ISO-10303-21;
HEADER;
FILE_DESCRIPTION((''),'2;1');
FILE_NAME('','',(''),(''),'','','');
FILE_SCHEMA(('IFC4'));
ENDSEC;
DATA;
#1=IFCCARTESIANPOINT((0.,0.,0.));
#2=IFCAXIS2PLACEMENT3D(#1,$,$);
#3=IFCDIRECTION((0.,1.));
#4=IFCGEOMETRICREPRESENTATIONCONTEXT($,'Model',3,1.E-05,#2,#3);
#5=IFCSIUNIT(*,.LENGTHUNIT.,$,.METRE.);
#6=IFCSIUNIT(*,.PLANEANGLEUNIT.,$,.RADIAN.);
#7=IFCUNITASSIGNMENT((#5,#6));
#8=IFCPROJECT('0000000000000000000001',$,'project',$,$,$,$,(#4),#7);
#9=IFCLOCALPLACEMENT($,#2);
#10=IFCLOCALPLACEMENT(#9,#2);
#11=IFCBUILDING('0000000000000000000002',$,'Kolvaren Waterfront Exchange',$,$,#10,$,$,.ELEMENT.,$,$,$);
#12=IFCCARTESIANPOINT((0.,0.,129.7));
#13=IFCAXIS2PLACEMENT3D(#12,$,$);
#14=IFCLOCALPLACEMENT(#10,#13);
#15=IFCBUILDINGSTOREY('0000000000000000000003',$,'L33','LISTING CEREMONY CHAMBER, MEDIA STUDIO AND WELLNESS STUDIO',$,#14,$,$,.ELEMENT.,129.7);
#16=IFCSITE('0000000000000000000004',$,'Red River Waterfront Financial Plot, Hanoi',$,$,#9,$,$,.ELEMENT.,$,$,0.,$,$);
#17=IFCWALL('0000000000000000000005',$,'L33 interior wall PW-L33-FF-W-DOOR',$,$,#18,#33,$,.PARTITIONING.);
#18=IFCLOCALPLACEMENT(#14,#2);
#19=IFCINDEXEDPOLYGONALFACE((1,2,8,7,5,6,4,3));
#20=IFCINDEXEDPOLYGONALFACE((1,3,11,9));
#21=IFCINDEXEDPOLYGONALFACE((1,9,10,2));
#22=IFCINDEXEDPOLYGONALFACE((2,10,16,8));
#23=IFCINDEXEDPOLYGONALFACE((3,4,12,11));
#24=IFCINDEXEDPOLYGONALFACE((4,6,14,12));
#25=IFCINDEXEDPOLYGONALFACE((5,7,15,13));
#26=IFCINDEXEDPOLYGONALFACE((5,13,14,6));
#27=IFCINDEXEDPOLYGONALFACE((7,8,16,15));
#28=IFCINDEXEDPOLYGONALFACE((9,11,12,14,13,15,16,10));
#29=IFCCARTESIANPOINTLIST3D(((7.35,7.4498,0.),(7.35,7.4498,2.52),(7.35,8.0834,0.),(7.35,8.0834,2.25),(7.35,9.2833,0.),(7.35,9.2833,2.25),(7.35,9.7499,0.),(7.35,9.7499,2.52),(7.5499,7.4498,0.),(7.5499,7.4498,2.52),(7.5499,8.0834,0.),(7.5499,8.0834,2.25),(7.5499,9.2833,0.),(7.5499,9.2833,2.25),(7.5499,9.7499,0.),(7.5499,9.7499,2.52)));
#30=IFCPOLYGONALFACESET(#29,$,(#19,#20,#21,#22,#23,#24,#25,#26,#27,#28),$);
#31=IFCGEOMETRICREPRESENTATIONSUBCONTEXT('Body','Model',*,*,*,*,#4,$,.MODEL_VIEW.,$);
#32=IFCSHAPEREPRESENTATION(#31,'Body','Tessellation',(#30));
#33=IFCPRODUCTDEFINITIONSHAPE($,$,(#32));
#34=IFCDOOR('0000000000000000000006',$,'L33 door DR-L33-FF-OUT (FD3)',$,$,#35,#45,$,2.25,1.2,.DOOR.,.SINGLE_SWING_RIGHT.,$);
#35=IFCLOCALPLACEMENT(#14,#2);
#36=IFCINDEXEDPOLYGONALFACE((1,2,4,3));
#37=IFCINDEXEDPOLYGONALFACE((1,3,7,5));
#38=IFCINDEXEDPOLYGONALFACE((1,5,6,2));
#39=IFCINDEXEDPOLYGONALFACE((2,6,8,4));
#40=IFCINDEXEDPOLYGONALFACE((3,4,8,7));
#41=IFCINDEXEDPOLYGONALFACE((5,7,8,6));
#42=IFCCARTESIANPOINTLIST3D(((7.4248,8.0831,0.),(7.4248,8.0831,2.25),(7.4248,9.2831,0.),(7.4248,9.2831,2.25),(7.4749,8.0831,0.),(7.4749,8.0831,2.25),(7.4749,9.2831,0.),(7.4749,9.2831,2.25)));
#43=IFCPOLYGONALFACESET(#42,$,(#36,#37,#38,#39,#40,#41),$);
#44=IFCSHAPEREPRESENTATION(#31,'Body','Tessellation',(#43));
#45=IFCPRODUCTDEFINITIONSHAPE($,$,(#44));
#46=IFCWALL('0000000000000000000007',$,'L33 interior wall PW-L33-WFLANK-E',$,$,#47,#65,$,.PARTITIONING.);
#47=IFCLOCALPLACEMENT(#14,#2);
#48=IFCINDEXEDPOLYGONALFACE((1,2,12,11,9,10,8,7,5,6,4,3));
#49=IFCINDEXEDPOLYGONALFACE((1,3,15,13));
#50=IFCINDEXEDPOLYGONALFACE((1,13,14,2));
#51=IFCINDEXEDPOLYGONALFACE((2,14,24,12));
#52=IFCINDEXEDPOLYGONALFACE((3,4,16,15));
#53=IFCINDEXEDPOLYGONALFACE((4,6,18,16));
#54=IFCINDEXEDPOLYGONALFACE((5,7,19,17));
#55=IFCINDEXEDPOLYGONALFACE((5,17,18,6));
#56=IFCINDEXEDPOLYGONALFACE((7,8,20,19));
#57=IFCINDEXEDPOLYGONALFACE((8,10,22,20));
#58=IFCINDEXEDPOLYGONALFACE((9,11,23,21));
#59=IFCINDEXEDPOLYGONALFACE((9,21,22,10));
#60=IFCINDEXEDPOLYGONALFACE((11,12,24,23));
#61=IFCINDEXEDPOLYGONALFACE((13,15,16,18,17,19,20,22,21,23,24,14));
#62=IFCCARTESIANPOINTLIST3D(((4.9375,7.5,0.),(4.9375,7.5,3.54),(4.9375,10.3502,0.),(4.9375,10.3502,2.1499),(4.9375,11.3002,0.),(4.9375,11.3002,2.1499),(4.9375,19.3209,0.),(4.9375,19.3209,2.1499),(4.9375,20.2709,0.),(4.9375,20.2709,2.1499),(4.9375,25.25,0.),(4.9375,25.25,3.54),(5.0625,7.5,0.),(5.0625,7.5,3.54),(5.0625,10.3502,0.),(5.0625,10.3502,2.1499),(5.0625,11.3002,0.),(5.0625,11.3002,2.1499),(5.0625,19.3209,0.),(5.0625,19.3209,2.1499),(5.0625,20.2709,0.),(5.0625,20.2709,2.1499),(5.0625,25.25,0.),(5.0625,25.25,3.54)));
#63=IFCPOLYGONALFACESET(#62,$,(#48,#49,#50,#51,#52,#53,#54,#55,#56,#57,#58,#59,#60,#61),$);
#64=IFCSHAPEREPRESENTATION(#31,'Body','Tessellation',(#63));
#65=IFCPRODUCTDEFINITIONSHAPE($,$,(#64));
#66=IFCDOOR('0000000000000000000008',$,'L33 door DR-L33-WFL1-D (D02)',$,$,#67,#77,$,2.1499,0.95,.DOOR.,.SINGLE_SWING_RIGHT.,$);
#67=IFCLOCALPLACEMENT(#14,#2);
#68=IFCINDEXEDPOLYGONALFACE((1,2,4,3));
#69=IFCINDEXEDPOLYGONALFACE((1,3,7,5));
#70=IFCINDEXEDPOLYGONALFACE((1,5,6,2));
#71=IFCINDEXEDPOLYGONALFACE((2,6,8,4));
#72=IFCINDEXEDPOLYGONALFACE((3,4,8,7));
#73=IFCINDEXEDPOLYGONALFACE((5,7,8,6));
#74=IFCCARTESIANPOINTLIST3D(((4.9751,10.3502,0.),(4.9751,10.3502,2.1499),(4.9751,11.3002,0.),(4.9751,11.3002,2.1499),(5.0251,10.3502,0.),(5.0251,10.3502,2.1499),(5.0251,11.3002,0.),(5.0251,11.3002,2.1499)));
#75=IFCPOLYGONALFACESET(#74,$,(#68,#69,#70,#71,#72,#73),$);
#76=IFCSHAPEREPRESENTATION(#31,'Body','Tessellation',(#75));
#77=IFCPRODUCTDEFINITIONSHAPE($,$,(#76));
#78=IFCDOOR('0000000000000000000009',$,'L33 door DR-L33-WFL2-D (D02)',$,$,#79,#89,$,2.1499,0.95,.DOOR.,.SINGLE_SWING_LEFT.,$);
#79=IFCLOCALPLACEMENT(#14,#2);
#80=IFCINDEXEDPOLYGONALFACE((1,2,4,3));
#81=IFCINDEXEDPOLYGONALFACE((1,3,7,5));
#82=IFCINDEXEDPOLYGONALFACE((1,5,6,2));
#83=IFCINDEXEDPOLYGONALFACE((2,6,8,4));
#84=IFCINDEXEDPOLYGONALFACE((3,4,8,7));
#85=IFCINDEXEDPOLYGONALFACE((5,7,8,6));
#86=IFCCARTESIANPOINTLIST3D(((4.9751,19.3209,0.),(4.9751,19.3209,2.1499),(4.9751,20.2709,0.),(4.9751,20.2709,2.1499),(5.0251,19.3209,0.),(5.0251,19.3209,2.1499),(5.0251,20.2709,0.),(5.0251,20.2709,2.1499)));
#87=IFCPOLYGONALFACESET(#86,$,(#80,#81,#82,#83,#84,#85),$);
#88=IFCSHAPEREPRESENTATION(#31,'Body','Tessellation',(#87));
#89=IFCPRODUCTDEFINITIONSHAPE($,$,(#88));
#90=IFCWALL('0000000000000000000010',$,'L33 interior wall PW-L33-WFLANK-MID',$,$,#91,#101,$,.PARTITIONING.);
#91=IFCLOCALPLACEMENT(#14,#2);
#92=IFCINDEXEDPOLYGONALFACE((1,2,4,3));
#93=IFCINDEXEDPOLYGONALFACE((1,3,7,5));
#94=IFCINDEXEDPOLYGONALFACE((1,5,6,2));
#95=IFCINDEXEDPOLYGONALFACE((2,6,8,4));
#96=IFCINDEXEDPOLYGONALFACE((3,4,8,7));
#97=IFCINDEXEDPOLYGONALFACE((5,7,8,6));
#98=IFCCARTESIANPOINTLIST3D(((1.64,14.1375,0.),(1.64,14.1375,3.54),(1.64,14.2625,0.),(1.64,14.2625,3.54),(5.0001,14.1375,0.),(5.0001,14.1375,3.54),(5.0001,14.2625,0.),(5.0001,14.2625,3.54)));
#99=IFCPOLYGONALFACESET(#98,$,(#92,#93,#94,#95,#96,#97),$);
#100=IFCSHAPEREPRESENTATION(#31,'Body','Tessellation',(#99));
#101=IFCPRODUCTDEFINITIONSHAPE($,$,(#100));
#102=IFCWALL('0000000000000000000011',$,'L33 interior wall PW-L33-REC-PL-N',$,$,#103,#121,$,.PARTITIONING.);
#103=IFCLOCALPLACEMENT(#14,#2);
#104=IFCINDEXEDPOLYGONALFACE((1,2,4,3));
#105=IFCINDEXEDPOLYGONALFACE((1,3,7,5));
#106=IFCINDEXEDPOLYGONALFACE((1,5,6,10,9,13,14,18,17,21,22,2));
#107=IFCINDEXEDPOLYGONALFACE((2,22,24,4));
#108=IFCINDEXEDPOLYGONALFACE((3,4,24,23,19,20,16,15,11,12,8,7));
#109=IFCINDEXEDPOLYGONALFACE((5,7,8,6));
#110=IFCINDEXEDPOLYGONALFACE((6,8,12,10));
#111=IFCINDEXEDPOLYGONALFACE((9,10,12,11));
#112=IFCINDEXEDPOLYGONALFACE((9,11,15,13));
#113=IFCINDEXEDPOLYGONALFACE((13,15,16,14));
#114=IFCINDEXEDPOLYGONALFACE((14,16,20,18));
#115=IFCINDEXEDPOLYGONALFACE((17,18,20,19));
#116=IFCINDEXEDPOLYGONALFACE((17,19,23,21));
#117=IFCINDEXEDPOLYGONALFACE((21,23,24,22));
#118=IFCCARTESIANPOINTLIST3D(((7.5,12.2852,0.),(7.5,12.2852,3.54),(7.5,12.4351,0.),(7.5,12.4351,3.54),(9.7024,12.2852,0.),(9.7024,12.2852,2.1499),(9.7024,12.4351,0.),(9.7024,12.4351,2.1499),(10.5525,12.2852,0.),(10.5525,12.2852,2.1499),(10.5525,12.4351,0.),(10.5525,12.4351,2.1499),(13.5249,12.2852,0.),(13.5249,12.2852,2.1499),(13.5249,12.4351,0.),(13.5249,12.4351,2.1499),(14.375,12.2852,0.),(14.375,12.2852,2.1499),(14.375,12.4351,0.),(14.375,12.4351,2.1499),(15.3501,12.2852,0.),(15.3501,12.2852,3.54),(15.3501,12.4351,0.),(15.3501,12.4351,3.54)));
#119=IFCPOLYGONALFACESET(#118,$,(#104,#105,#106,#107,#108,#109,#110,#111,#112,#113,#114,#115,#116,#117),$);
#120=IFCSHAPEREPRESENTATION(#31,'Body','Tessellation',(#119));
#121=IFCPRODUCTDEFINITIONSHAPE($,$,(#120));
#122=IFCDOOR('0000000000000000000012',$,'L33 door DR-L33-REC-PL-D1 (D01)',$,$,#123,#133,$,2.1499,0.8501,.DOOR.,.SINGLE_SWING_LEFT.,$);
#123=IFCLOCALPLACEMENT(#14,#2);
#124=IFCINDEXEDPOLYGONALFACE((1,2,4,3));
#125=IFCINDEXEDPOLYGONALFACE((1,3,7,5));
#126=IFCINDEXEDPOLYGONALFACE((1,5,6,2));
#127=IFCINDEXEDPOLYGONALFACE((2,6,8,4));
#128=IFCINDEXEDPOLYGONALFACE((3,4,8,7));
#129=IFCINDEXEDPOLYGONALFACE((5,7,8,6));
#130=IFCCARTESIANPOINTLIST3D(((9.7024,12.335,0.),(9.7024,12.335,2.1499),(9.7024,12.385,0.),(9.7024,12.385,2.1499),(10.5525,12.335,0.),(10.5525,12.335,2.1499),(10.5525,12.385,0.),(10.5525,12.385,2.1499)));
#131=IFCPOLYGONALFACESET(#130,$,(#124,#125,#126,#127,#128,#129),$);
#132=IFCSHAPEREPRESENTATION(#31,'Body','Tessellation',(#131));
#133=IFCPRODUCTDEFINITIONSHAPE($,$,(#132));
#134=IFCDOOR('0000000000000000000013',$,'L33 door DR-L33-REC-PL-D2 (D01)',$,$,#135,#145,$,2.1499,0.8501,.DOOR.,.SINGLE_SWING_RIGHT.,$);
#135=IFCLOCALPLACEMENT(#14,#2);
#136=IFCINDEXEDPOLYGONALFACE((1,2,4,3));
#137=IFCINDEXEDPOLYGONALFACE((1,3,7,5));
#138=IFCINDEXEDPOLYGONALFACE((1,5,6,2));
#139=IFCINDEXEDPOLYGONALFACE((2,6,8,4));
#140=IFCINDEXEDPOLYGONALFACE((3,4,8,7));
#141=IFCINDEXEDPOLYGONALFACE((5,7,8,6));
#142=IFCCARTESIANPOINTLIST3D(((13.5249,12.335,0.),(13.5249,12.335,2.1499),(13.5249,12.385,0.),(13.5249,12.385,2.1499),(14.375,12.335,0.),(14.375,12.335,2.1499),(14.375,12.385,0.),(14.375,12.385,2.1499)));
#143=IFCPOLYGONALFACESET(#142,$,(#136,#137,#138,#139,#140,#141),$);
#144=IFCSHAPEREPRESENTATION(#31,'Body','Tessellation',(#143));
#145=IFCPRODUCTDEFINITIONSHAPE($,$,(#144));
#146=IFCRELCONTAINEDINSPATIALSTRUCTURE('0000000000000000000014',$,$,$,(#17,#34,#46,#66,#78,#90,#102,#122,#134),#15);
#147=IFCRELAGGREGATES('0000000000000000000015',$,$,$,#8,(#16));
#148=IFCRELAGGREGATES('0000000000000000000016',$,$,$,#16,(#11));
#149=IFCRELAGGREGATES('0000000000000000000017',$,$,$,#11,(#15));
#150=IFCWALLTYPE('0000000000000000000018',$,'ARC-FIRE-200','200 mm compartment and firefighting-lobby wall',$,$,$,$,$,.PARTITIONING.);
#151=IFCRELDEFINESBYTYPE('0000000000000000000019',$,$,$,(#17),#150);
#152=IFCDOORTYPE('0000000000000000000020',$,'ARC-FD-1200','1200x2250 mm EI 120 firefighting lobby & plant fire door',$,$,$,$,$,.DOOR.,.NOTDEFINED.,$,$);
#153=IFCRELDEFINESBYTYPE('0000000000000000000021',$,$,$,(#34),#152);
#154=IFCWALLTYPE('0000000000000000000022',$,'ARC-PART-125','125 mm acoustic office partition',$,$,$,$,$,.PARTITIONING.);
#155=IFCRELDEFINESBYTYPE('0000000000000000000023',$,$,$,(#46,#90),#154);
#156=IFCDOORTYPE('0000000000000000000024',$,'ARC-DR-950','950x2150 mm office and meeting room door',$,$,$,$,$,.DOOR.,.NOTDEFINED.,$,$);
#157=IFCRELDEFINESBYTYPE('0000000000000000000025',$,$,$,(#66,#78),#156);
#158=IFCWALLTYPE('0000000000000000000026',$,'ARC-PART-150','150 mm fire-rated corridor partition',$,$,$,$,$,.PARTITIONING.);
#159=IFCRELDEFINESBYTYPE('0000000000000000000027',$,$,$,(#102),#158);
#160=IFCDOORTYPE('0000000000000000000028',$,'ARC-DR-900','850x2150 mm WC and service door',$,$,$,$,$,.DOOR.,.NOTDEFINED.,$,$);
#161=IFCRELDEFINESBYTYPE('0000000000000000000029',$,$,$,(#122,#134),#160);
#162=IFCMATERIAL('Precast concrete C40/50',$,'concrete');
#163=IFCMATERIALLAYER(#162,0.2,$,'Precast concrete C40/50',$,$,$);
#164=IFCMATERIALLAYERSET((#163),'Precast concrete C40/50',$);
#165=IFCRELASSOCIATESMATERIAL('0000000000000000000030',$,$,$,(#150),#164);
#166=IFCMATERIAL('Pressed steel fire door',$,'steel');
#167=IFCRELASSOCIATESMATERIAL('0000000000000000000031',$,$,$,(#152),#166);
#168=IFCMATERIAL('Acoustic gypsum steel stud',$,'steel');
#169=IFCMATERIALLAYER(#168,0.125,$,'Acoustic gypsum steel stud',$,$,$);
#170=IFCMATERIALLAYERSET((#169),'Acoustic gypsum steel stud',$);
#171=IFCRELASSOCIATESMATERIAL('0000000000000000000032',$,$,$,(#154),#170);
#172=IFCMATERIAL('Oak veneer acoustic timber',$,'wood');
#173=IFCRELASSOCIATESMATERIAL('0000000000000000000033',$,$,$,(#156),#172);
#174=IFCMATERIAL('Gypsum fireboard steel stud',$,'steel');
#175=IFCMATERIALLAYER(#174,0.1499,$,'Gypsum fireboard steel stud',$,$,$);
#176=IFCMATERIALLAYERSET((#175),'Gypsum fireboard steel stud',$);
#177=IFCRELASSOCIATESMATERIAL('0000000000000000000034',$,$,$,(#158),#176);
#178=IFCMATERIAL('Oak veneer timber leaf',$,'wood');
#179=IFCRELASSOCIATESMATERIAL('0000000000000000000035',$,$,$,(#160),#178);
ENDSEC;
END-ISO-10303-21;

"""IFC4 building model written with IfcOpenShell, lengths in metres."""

from ifc_helpers import new_model, si_unit, direction, frame, frame_2d, origin, place, context, subcontext, project, spatial, rectangle, extrude, material, layer, layer_set, type_object, element, fill, save


model = new_model("IFC4")

# Units and contexts
model_context = context("Model", 3, precision=1e-05, world=origin(), true_north=direction((0.0, 1.0)))
body_context = subcontext(model_context, "Body", "Model", "MODEL_VIEW")
ifc_project = project(units=[si_unit("LENGTHUNIT", "METRE"), si_unit("PLANEANGLEUNIT", "RADIAN")], contexts=[model_context])

# Site, building, storey
site_placement = place(None, origin())
site = spatial("IfcSite", under=ifc_project, at=site_placement, Name="Red River Waterfront Financial Plot, Hanoi", CompositionType="ELEMENT", RefElevation=0.0)
building_placement = place(site_placement, origin())
building = spatial("IfcBuilding", under=site, at=building_placement, Name="Kolvaren Waterfront Exchange", CompositionType="ELEMENT")
storey_placement = place(building_placement, frame((0.0, 0.0, 129.7)))
storey = spatial("IfcBuildingStorey", under=building, at=storey_placement, Name="L33", Description="LISTING CEREMONY CHAMBER, MEDIA STUDIO AND WELLNESS STUDIO", CompositionType="ELEMENT", Elevation=129.7)

# Shared definitions
ifc_material_1 = material(Name="Precast concrete C40/50", Category="concrete")
ifc_layer_1 = layer(ifc_material_1, 0.2, Name="Precast concrete C40/50")
ifc_layer_set_1 = layer_set([ifc_layer_1], Name="Precast concrete C40/50")
wall_type_1 = type_object("IfcWallType", Name="ARC-FIRE-200", Description="200 mm compartment and firefighting-lobby wall", PredefinedType="PARTITIONING", material=ifc_layer_set_1)

# Wall, opening, door
wall_1_placement = place(storey_placement, frame((7.45, 7.45, 0.0), z_axis=(0.0, 0.0, 1.0), x_axis=(0.0, 1.0, 0.0)))
wall_1 = element("IfcWall", 1, at=wall_1_placement, inside=storey, type_object=wall_type_1, Name="L33 interior wall PW-L33-FF-W-DOOR", PredefinedType="PARTITIONING", context=body_context, shape_type="SweptSolid", body=[
    extrude(rectangle(XDim=2.3, YDim=0.2, at=frame_2d((1.1499, 0.0))), origin(), (0.0, 0.0, 1.0), 2.52),
])
opening_1_placement = place(wall_1_placement, frame((0.6333, 0.0, 0.0)))
opening_1 = element("IfcOpeningElement", 2, at=opening_1_placement, cuts=wall_1, PredefinedType="OPENING", context=body_context, shape_type="SweptSolid", body=[
    extrude(rectangle(XDim=1.2, YDim=2.25, at=frame_2d((0.6001, 1.125))), frame((0.0, 0.1099, 0.0), z_axis=(0.0, -1.0, 0.0), x_axis=(1.0, 0.0, 0.0)), (0.0, 0.0, 1.0), 0.22),
])
ifc_material_2 = material(Name="Pressed steel fire door", Category="steel")
door_type_1 = type_object("IfcDoorType", Name="ARC-FD-1200", Description="1200x2250 mm EI 120 firefighting lobby & plant fire door", OperationType="NOTDEFINED", PredefinedType="DOOR", material=ifc_material_2)
door_1_placement = place(opening_1_placement, frame((1.2, 0.0, 0.0), z_axis=(0.0, 0.0, 1.0), x_axis=(-1.0, 0.0, 0.0)))
door_1 = element("IfcDoor", 3, at=door_1_placement, inside=storey, type_object=door_type_1, Name="L33 door DR-L33-FF-OUT (FD3)", OperationType="SINGLE_SWING_RIGHT", OverallHeight=2.25, OverallWidth=1.2, PredefinedType="DOOR", context=body_context, shape_type="SweptSolid", body=[
    extrude(rectangle(XDim=1.2, YDim=2.25, at=frame_2d((0.6001, 1.125))), frame((0.0, 0.0249, 0.0), z_axis=(0.0, -1.0, 0.0), x_axis=(1.0, 0.0, 0.0)), (0.0, 0.0, 1.0), 0.05),
])
fill(opening_1, door_1)

# Wall, openings, doors
ifc_material_3 = material(Name="Acoustic gypsum steel stud", Category="steel")
ifc_layer_2 = layer(ifc_material_3, 0.125, Name="Acoustic gypsum steel stud")
ifc_layer_set_2 = layer_set([ifc_layer_2], Name="Acoustic gypsum steel stud")
wall_type_2 = type_object("IfcWallType", Name="ARC-PART-125", Description="125 mm acoustic office partition", PredefinedType="PARTITIONING", material=ifc_layer_set_2)
wall_2_placement = place(storey_placement, frame((5.0, 7.5, 0.0), z_axis=(0.0, 0.0, 1.0), x_axis=(0.0, 1.0, 0.0)))
wall_2 = element("IfcWall", 4, at=wall_2_placement, inside=storey, type_object=wall_type_2, Name="L33 interior wall PW-L33-WFLANK-E", PredefinedType="PARTITIONING", context=body_context, shape_type="SweptSolid", body=[
    extrude(rectangle(XDim=17.75, YDim=0.125, at=frame_2d((8.875, 0.0))), origin(), (0.0, 0.0, 1.0), 3.54),
])
opening_2_placement = place(wall_2_placement, frame((2.8501, 0.0, 0.0)))
opening_2 = element("IfcOpeningElement", 5, at=opening_2_placement, cuts=wall_2, PredefinedType="OPENING", context=body_context, shape_type="SweptSolid", body=[
    extrude(rectangle(XDim=0.95, YDim=2.1499, at=frame_2d((0.4751, 1.075))), frame((0.0, 0.0725, 0.0), z_axis=(0.0, -1.0, 0.0), x_axis=(1.0, 0.0, 0.0)), (0.0, 0.0, 1.0), 0.145),
])
opening_3_placement = place(wall_2_placement, frame((11.8208, 0.0, 0.0)))
opening_3 = element("IfcOpeningElement", 6, at=opening_3_placement, cuts=wall_2, PredefinedType="OPENING", context=body_context, shape_type="SweptSolid", body=[
    extrude(rectangle(XDim=0.95, YDim=2.1499, at=frame_2d((0.4751, 1.075))), frame((0.0, 0.0725, 0.0), z_axis=(0.0, -1.0, 0.0), x_axis=(1.0, 0.0, 0.0)), (0.0, 0.0, 1.0), 0.145),
])
ifc_material_4 = material(Name="Oak veneer acoustic timber", Category="wood")
door_type_2 = type_object("IfcDoorType", Name="ARC-DR-950", Description="950x2150 mm office and meeting room door", OperationType="NOTDEFINED", PredefinedType="DOOR", material=ifc_material_4)
door_2_placement = place(opening_2_placement, origin())
door_2 = element("IfcDoor", 7, at=door_2_placement, inside=storey, type_object=door_type_2, Name="L33 door DR-L33-WFL1-D (D02)", OperationType="SINGLE_SWING_RIGHT", OverallHeight=2.1499, OverallWidth=0.95, PredefinedType="DOOR", context=body_context, shape_type="SweptSolid", body=[
    extrude(rectangle(XDim=0.95, YDim=2.1499, at=frame_2d((0.4751, 1.075))), frame((0.0, 0.0249, 0.0), z_axis=(0.0, -1.0, 0.0), x_axis=(1.0, 0.0, 0.0)), (0.0, 0.0, 1.0), 0.05),
])
fill(opening_2, door_2)
door_3_placement = place(opening_3_placement, origin())
door_3 = element("IfcDoor", 8, at=door_3_placement, inside=storey, type_object=door_type_2, Name="L33 door DR-L33-WFL2-D (D02)", OperationType="SINGLE_SWING_LEFT", OverallHeight=2.1499, OverallWidth=0.95, PredefinedType="DOOR", context=body_context, shape_type="SweptSolid", body=[
    extrude(rectangle(XDim=0.95, YDim=2.1499, at=frame_2d((0.4751, 1.075))), frame((0.0, 0.0249, 0.0), z_axis=(0.0, -1.0, 0.0), x_axis=(1.0, 0.0, 0.0)), (0.0, 0.0, 1.0), 0.05),
])
fill(opening_3, door_3)

# Wall
wall_3_placement = place(storey_placement, frame((1.6399, 14.2, 0.0), z_axis=(0.0, 0.0, 1.0), x_axis=(1.0, 0.0, 0.0)))
element("IfcWall", 9, at=wall_3_placement, inside=storey, type_object=wall_type_2, Name="L33 interior wall PW-L33-WFLANK-MID", PredefinedType="PARTITIONING", context=body_context, shape_type="SweptSolid", body=[
    extrude(rectangle(XDim=3.3601, YDim=0.125, at=frame_2d((1.6802, 0.0))), origin(), (0.0, 0.0, 1.0), 3.54),
])

# Wall, openings, doors
ifc_material_5 = material(Name="Gypsum fireboard steel stud", Category="steel")
ifc_layer_3 = layer(ifc_material_5, 0.1499, Name="Gypsum fireboard steel stud")
ifc_layer_set_3 = layer_set([ifc_layer_3], Name="Gypsum fireboard steel stud")
wall_type_3 = type_object("IfcWallType", Name="ARC-PART-150", Description="150 mm fire-rated corridor partition", PredefinedType="PARTITIONING", material=ifc_layer_set_3)
wall_4_placement = place(storey_placement, frame((7.5, 12.3601, 0.0), z_axis=(0.0, 0.0, 1.0), x_axis=(1.0, 0.0, 0.0)))
wall_4 = element("IfcWall", 10, at=wall_4_placement, inside=storey, type_object=wall_type_3, Name="L33 interior wall PW-L33-REC-PL-N", PredefinedType="PARTITIONING", context=body_context, shape_type="SweptSolid", body=[
    extrude(rectangle(XDim=7.8501, YDim=0.1499, at=frame_2d((3.925, 0.0))), origin(), (0.0, 0.0, 1.0), 3.54),
])
opening_4_placement = place(wall_4_placement, frame((2.2024, 0.0, 0.0)))
opening_4 = element("IfcOpeningElement", 11, at=opening_4_placement, cuts=wall_4, PredefinedType="OPENING", context=body_context, shape_type="SweptSolid", body=[
    extrude(rectangle(XDim=0.8501, YDim=2.1499, at=frame_2d((0.425, 1.075))), frame((0.0, 0.085, 0.0), z_axis=(0.0, -1.0, 0.0), x_axis=(1.0, 0.0, 0.0)), (0.0, 0.0, 1.0), 0.1699),
])
opening_5_placement = place(wall_4_placement, frame((6.0249, 0.0, 0.0)))
opening_5 = element("IfcOpeningElement", 12, at=opening_5_placement, cuts=wall_4, PredefinedType="OPENING", context=body_context, shape_type="SweptSolid", body=[
    extrude(rectangle(XDim=0.8501, YDim=2.1499, at=frame_2d((0.425, 1.075))), frame((0.0, 0.085, 0.0), z_axis=(0.0, -1.0, 0.0), x_axis=(1.0, 0.0, 0.0)), (0.0, 0.0, 1.0), 0.1699),
])
ifc_material_6 = material(Name="Oak veneer timber leaf", Category="wood")
door_type_3 = type_object("IfcDoorType", Name="ARC-DR-900", Description="850x2150 mm WC and service door", OperationType="NOTDEFINED", PredefinedType="DOOR", material=ifc_material_6)
door_4_placement = place(opening_4_placement, origin())
door_4 = element("IfcDoor", 13, at=door_4_placement, inside=storey, type_object=door_type_3, Name="L33 door DR-L33-REC-PL-D1 (D01)", OperationType="SINGLE_SWING_LEFT", OverallHeight=2.1499, OverallWidth=0.8501, PredefinedType="DOOR", context=body_context, shape_type="SweptSolid", body=[
    extrude(rectangle(XDim=0.8501, YDim=2.1499, at=frame_2d((0.425, 1.075))), frame((0.0, 0.0249, 0.0), z_axis=(0.0, -1.0, 0.0), x_axis=(1.0, 0.0, 0.0)), (0.0, 0.0, 1.0), 0.05),
])
fill(opening_4, door_4)
door_5_placement = place(opening_5_placement, origin())
door_5 = element("IfcDoor", 14, at=door_5_placement, inside=storey, type_object=door_type_3, Name="L33 door DR-L33-REC-PL-D2 (D01)", OperationType="SINGLE_SWING_RIGHT", OverallHeight=2.1499, OverallWidth=0.8501, PredefinedType="DOOR", context=body_context, shape_type="SweptSolid", body=[
    extrude(rectangle(XDim=0.8501, YDim=2.1499, at=frame_2d((0.425, 1.075))), frame((0.0, 0.0249, 0.0), z_axis=(0.0, -1.0, 0.0), x_axis=(1.0, 0.0, 0.0)), (0.0, 0.0, 1.0), 0.05),
])
fill(opening_5, door_5)

save(model, "model.ifc")
